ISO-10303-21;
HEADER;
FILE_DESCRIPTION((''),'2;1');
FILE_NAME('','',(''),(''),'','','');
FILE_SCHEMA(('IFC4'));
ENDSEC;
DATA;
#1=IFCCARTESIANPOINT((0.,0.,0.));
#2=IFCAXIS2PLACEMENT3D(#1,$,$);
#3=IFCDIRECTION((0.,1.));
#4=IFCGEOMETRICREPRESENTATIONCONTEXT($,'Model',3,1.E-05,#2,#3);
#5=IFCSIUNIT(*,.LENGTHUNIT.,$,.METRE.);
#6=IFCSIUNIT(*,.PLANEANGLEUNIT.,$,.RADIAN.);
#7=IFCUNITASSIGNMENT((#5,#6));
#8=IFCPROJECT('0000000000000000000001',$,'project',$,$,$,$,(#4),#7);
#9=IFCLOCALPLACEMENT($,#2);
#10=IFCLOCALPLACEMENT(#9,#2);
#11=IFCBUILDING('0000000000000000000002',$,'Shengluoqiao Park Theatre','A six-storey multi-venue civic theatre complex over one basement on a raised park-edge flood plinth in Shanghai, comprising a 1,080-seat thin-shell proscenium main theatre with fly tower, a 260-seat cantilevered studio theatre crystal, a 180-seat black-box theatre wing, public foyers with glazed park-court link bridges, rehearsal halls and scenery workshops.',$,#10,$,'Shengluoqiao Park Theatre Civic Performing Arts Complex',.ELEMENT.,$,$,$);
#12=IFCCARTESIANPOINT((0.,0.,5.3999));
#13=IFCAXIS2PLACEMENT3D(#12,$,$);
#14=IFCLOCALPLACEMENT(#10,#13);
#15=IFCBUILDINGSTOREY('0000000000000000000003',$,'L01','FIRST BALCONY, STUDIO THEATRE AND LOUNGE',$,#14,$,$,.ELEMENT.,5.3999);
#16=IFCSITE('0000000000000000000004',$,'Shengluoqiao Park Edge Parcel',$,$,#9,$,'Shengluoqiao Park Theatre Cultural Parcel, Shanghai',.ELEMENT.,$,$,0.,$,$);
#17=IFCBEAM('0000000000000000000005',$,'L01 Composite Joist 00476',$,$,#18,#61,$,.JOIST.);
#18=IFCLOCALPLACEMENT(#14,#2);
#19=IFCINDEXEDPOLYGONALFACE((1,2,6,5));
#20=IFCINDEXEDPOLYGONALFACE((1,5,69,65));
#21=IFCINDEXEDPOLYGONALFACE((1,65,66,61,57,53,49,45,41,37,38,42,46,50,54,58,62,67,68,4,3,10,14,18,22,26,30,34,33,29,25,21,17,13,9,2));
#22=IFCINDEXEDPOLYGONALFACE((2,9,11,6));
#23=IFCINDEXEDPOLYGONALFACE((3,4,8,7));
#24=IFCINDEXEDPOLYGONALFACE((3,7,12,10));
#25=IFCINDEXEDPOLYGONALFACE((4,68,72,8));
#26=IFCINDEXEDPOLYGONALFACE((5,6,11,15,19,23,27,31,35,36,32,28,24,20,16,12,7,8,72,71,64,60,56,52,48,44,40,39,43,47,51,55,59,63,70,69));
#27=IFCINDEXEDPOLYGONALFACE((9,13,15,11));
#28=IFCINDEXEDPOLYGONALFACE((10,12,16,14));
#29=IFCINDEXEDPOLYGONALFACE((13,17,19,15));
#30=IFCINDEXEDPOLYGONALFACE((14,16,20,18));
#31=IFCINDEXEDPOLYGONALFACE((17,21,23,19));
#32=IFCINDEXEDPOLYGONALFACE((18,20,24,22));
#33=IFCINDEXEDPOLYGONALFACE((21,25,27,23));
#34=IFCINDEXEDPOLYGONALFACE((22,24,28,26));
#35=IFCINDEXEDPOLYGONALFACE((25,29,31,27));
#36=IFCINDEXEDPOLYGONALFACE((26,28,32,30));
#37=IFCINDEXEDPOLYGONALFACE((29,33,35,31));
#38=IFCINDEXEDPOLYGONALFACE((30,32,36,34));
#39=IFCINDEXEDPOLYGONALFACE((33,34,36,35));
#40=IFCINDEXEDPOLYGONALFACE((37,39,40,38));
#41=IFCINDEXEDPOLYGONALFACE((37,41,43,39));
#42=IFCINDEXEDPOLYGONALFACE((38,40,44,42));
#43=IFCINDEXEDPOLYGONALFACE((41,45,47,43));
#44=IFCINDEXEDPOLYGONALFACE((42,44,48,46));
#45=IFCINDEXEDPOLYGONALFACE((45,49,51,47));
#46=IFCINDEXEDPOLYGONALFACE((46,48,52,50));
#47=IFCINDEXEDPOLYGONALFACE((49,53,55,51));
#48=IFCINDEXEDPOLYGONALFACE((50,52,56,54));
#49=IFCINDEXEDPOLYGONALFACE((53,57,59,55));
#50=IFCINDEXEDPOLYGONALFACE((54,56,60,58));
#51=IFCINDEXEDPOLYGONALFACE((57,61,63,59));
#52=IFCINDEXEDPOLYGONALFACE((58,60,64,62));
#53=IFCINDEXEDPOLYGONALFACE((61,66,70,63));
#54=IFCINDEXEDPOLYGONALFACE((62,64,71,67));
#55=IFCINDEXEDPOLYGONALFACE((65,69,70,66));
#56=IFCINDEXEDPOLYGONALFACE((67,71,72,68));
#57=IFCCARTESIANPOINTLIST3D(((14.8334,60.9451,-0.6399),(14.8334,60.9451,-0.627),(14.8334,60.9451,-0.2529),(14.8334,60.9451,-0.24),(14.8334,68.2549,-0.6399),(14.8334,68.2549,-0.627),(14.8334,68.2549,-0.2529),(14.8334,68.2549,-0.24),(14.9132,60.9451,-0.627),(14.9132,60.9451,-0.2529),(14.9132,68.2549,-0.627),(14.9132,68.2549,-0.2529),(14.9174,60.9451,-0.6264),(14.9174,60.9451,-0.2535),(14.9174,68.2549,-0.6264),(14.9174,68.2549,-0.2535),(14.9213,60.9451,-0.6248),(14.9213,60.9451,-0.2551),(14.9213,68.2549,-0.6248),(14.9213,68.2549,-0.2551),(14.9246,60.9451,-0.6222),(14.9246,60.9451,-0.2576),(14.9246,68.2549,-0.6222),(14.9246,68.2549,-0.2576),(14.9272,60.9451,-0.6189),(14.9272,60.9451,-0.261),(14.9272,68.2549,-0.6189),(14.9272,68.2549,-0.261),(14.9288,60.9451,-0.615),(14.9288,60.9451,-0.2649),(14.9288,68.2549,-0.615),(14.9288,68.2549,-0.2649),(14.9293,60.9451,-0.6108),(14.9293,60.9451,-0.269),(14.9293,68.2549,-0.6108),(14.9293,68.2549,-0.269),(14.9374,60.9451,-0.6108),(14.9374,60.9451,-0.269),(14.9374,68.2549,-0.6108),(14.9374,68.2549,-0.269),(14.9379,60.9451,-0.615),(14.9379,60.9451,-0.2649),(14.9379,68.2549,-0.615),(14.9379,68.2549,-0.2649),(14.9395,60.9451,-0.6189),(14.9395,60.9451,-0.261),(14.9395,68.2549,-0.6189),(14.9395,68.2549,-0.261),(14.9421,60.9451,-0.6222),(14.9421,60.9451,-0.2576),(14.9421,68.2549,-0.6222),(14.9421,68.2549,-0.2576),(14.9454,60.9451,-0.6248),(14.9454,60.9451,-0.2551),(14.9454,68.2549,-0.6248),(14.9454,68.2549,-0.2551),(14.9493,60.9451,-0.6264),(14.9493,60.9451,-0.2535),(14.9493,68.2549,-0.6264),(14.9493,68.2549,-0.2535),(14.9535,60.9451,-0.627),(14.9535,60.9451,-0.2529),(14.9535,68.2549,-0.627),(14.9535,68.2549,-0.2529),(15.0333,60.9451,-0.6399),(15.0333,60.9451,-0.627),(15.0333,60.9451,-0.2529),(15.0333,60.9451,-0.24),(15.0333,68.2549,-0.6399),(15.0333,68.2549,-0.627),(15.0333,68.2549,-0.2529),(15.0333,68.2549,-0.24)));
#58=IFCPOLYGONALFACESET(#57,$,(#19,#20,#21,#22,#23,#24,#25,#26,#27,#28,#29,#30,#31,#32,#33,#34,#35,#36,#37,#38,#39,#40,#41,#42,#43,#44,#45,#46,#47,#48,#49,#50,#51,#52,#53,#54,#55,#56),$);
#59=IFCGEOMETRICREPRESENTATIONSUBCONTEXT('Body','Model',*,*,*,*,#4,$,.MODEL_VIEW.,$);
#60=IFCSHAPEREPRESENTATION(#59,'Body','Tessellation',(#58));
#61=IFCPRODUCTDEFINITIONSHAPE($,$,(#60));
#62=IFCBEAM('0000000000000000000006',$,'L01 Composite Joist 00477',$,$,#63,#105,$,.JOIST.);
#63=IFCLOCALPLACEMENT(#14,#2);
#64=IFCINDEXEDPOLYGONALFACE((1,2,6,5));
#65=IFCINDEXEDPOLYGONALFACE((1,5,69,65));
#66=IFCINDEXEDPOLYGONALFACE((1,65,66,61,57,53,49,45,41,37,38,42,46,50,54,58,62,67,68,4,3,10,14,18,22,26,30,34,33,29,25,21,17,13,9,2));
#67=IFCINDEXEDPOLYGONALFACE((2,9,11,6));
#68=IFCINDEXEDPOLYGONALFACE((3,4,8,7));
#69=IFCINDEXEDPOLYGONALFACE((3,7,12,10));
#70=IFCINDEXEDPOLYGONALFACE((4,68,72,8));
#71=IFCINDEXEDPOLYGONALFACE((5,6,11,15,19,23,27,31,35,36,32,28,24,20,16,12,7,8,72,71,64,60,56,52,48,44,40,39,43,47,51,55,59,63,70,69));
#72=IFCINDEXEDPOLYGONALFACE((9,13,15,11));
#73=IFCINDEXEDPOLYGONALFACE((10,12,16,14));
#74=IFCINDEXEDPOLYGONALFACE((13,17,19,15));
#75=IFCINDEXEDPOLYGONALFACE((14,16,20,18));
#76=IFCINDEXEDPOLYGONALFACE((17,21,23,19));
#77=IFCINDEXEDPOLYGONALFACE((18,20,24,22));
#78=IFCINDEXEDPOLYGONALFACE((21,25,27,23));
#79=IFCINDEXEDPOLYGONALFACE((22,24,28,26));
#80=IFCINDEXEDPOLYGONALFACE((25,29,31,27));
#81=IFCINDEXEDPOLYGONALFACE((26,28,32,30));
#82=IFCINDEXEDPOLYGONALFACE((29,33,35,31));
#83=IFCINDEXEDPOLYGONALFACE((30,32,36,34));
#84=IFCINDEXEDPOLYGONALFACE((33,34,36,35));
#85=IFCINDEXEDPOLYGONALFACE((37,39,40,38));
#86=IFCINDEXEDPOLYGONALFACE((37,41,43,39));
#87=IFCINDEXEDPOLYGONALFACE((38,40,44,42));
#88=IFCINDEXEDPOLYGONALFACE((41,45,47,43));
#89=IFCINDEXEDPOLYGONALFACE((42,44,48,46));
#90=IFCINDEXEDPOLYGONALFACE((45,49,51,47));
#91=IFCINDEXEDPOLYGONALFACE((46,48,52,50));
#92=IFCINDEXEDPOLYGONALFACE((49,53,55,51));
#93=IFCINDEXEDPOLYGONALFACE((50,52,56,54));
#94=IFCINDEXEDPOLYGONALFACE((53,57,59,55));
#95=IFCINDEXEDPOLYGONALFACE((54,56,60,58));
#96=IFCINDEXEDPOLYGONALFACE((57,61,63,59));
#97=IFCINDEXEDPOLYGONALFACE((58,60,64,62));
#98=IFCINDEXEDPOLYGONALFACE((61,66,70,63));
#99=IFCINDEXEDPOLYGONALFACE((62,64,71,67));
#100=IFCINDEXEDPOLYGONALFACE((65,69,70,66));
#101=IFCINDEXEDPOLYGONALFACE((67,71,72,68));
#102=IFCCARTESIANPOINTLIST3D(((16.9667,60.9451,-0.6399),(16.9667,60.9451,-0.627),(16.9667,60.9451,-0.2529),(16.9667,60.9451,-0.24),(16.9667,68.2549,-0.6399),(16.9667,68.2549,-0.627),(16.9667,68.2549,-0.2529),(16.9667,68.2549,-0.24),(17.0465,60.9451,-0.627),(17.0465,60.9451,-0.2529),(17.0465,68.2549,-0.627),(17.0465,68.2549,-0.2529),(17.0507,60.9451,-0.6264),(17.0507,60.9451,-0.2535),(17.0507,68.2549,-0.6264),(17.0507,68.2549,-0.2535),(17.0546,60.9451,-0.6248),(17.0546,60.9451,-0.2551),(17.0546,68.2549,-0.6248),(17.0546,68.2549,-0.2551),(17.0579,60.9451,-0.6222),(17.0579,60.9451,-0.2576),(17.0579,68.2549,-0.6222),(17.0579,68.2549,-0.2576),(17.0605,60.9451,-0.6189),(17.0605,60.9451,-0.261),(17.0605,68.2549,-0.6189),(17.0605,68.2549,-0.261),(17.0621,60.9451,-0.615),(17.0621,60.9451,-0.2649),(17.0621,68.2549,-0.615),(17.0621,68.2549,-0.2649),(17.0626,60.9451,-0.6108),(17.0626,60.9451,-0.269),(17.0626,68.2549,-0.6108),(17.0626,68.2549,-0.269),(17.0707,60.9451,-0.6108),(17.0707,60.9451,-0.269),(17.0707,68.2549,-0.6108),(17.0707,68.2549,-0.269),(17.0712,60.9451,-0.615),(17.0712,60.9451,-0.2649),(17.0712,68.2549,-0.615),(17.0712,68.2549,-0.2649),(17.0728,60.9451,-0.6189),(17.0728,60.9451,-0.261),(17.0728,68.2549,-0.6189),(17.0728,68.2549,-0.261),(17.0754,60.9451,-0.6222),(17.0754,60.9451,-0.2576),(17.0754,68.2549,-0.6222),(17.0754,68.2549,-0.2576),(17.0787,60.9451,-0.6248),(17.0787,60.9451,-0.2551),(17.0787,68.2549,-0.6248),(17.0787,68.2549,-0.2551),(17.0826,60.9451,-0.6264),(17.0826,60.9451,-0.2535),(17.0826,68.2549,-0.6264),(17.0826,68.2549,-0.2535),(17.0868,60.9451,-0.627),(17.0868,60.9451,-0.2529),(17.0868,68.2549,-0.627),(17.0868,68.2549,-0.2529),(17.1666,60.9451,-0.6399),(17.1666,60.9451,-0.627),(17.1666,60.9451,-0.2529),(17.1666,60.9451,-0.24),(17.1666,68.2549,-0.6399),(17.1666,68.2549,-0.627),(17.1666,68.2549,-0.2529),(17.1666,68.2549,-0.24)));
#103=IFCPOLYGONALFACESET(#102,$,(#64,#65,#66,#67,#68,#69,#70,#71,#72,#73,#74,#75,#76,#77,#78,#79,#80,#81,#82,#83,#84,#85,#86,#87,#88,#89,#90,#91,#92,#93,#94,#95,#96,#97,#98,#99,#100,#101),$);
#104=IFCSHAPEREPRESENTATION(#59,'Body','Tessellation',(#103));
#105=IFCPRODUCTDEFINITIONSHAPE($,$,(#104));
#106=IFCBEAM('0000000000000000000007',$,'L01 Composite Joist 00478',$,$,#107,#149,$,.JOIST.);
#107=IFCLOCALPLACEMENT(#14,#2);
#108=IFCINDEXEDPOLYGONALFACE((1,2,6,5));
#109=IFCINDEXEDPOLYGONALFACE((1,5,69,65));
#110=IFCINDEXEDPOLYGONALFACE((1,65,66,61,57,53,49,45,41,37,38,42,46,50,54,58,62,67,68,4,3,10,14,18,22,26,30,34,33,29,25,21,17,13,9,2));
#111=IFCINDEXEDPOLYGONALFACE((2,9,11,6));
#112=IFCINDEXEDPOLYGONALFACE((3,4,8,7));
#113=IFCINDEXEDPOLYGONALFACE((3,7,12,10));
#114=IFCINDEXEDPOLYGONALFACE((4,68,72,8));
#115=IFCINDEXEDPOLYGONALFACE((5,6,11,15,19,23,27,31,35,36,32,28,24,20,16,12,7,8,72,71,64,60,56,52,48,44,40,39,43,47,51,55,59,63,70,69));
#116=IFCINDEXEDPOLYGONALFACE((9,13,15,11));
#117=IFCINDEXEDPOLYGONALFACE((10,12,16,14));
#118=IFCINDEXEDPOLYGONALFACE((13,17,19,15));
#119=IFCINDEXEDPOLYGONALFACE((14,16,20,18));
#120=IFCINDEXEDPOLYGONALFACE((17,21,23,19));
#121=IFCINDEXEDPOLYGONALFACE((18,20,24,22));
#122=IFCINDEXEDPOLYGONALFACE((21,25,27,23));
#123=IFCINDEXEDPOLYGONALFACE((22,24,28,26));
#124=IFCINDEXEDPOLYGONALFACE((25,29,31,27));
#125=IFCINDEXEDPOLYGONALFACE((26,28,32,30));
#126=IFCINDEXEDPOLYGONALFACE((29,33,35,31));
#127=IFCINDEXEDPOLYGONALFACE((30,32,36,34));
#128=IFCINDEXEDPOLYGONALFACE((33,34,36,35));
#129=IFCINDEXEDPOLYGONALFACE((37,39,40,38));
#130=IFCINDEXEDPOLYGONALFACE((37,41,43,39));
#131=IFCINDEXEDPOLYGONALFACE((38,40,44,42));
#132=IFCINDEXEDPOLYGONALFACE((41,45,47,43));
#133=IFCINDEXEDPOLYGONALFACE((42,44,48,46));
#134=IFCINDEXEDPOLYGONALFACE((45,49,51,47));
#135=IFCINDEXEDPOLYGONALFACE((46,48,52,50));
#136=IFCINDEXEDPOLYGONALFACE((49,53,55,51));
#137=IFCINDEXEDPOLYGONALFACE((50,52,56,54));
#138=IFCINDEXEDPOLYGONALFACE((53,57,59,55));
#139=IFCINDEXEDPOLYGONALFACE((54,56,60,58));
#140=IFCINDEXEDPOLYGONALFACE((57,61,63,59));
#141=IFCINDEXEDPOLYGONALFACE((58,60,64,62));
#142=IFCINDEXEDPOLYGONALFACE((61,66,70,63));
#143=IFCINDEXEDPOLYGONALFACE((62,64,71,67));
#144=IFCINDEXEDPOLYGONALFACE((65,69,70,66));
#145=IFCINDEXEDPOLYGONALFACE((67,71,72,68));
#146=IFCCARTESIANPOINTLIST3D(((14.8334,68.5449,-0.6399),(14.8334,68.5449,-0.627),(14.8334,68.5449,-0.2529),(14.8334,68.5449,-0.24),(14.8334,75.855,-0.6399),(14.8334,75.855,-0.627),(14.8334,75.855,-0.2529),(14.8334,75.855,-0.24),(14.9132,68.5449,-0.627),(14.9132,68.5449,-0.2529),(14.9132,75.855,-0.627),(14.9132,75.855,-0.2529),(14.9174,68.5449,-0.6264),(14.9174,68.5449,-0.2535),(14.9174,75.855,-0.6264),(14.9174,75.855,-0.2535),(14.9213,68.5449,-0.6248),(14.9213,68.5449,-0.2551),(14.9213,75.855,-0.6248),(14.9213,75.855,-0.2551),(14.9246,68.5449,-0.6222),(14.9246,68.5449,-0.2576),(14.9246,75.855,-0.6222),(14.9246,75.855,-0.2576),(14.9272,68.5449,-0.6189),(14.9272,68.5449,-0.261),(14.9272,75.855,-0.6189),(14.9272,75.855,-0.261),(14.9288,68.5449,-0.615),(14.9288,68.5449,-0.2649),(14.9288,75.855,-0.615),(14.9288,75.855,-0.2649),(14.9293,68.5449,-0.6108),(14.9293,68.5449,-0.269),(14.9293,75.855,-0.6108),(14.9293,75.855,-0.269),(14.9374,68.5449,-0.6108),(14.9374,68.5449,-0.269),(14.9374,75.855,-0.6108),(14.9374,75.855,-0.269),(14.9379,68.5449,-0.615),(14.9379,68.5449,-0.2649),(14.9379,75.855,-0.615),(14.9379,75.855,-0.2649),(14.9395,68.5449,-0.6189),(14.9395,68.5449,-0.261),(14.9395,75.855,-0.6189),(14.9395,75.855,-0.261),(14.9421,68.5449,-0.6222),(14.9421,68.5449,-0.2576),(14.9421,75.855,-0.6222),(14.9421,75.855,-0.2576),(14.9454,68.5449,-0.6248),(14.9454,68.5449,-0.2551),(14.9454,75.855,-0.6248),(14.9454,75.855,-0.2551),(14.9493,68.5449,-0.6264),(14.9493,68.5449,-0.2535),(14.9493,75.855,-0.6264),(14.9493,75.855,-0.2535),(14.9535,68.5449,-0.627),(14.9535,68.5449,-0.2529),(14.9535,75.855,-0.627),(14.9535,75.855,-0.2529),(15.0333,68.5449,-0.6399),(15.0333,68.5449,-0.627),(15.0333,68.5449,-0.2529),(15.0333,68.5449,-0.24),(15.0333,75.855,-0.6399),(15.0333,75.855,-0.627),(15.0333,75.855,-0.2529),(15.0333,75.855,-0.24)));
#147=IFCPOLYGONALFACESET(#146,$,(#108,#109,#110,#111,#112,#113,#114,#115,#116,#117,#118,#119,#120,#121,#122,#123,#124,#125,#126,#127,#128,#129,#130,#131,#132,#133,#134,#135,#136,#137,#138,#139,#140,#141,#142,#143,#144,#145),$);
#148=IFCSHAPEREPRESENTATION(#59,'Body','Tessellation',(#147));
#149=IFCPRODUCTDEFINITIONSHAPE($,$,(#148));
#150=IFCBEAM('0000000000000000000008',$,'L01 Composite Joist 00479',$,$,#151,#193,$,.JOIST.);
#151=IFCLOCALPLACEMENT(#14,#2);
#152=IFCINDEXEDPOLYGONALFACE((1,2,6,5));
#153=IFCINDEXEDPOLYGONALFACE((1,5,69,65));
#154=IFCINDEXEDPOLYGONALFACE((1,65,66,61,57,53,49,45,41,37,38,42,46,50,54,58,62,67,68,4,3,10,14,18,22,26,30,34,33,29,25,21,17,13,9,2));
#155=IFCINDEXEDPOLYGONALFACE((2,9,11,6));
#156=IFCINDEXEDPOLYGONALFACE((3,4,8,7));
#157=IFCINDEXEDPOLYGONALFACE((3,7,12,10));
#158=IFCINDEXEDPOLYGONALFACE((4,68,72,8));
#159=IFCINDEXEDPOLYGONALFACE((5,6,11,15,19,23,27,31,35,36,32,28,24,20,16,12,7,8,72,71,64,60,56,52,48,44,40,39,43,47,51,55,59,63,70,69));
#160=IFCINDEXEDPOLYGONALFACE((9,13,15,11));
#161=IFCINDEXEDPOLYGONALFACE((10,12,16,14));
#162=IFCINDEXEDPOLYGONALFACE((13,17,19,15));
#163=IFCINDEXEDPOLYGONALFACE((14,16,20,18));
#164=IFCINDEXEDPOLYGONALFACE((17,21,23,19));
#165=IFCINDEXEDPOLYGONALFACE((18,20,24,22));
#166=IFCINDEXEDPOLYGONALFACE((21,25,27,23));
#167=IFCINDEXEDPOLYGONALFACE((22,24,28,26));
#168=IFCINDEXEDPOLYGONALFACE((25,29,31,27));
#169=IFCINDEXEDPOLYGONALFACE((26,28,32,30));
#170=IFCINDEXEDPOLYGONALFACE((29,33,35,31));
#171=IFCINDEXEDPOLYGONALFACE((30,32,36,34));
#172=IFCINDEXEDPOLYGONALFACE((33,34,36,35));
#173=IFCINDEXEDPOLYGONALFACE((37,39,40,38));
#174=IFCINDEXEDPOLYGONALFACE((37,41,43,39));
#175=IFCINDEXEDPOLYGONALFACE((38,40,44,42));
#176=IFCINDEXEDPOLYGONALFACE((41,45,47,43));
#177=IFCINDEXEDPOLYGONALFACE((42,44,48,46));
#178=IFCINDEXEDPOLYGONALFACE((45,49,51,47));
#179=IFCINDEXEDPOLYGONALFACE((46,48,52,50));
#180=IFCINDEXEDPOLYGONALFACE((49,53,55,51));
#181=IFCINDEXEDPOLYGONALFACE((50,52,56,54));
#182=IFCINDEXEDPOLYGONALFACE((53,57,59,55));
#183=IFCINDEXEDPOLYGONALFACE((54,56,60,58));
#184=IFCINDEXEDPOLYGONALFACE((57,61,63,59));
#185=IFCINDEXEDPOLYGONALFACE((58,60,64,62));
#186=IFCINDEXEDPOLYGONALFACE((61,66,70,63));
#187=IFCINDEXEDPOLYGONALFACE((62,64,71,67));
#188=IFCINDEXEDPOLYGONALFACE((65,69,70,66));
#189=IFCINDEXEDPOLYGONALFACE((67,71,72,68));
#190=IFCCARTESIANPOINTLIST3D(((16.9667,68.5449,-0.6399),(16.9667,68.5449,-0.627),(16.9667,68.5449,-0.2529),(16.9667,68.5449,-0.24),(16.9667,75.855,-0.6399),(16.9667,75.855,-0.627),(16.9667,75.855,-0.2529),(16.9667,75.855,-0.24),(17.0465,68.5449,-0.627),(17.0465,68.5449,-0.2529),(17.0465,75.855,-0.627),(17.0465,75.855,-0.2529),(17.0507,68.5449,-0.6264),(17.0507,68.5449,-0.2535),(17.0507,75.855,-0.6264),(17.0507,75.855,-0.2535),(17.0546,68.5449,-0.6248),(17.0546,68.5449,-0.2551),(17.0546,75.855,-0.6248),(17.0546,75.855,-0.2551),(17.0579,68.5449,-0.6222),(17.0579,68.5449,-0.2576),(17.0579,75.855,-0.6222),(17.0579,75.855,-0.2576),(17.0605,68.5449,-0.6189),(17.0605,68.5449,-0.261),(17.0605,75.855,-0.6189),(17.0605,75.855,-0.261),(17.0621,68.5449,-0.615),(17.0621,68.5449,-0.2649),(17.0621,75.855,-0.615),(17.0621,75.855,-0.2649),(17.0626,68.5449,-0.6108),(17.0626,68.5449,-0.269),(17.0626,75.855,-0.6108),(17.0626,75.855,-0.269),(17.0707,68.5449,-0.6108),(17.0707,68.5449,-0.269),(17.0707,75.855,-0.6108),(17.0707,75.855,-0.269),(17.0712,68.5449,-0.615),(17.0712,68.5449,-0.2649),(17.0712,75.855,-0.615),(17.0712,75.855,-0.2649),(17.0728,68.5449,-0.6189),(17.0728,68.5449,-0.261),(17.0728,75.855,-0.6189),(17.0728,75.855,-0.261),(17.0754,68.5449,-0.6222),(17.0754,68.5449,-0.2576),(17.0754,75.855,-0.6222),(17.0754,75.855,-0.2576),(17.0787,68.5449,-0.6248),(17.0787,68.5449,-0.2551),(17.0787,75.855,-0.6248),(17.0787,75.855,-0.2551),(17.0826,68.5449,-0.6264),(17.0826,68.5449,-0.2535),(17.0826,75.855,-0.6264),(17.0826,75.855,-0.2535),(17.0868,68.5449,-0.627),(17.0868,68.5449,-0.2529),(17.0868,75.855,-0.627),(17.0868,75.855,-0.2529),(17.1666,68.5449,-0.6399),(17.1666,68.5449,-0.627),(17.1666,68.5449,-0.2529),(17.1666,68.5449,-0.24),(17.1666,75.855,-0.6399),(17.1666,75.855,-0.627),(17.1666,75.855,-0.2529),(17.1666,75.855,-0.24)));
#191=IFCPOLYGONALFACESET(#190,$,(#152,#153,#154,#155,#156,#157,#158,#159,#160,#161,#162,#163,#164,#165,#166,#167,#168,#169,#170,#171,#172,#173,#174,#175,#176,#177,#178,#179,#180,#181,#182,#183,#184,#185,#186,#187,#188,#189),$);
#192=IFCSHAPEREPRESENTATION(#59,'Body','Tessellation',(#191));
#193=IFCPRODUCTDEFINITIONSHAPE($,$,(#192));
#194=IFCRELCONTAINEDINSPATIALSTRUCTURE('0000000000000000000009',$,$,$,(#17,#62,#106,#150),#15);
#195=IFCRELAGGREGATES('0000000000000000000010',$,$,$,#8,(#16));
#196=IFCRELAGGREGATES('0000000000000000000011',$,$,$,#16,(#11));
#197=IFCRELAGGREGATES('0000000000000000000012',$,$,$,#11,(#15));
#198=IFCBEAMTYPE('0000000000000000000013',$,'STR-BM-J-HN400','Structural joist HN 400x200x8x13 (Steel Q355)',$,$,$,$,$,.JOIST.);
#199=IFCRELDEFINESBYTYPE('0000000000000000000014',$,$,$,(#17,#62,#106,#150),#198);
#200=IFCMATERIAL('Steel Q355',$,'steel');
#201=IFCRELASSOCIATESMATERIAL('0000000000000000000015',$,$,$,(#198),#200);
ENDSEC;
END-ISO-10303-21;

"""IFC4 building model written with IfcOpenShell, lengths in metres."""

from ifc_helpers import new_model, si_unit, direction, frame, origin, origin_2d, place, context, subcontext, project, spatial, i_section, extrude, material, material_profile, profile_set, type_object, element, save


model = new_model("IFC4")

# Units and contexts
model_context = context("Model", 3, precision=1e-05, world=origin(), true_north=direction((0.0, 1.0)))
body_context = subcontext(model_context, "Body", "Model", "MODEL_VIEW")
ifc_project = project(units=[si_unit("LENGTHUNIT", "METRE"), si_unit("PLANEANGLEUNIT", "RADIAN")], contexts=[model_context])

# Site, building, storey
site_placement = place(None, origin())
site = spatial("IfcSite", under=ifc_project, at=site_placement, Name="Shengluoqiao Park Edge Parcel", LongName="Shengluoqiao Park Theatre Cultural Parcel, Shanghai", CompositionType="ELEMENT", RefElevation=0.0)
building_placement = place(site_placement, origin())
building = spatial("IfcBuilding", under=site, at=building_placement, Name="Shengluoqiao Park Theatre", Description="A six-storey multi-venue civic theatre complex over one basement on a raised park-edge flood plinth in Shanghai, comprising a 1,080-seat thin-shell proscenium main theatre with fly tower, a 260-seat cantilevered studio theatre crystal, a 180-seat black-box theatre wing, public foyers with glazed park-court link bridges, rehearsal halls and scenery workshops.", LongName="Shengluoqiao Park Theatre Civic Performing Arts Complex", CompositionType="ELEMENT")
storey_placement = place(building_placement, frame((0.0, 0.0, 5.3999)))
storey = spatial("IfcBuildingStorey", under=building, at=storey_placement, Name="L01", Description="FIRST BALCONY, STUDIO THEATRE AND LOUNGE", CompositionType="ELEMENT", Elevation=5.3999)

# Shared definitions
ifc_material_1 = material(Name="Steel Q355", Category="steel")

# Beams
ifc_material_profile_1 = material_profile(ifc_material_1, i_section(OverallWidth=0.2, OverallDepth=0.3999, WebThickness=0.0081, FlangeThickness=0.0129, FilletRadius=0.0161, at=origin_2d()), Name="HN 400x200x8x13")
ifc_profile_set_1 = profile_set([ifc_material_profile_1], Name="Steel Q355")
beam_type_1 = type_object("IfcBeamType", Name="STR-BM-J-HN400", Description="Structural joist HN 400x200x8x13 (Steel Q355)", PredefinedType="JOIST", material=ifc_profile_set_1)
for number, where, z_axis, x_axis, name in (
    (1, (14.9333, 60.9451, -0.4399), (0.0, 1.0, 0.0), (-1.0, 0.0, 0.0), "L01 Composite Joist 00476"),
    (2, (17.0667, 60.9451, -0.4399), (0.0, 1.0, 0.0), (-1.0, 0.0, 0.0), "L01 Composite Joist 00477"),
):
    element("IfcBeam", number, at=place(storey_placement, frame(where, z_axis=z_axis, x_axis=x_axis)), inside=storey, type_object=beam_type_1, Name=name, PredefinedType="JOIST", context=body_context, shape_type="SweptSolid", body=[
        extrude(i_section(OverallWidth=0.2, OverallDepth=0.3999, WebThickness=0.0081, FlangeThickness=0.0129, FilletRadius=0.0161, at=origin_2d()), origin(), (0.0, 0.0, 1.0), 7.3098),
    ])
for number, where, z_axis, x_axis, name in (
    (3, (14.9333, 68.5449, -0.4399), (0.0, 1.0, 0.0), (-1.0, 0.0, 0.0), "L01 Composite Joist 00478"),
    (4, (17.0667, 68.5449, -0.4399), (0.0, 1.0, 0.0), (-1.0, 0.0, 0.0), "L01 Composite Joist 00479"),
):
    element("IfcBeam", number, at=place(storey_placement, frame(where, z_axis=z_axis, x_axis=x_axis)), inside=storey, type_object=beam_type_1, Name=name, PredefinedType="JOIST", context=body_context, shape_type="SweptSolid", body=[
        extrude(i_section(OverallWidth=0.2, OverallDepth=0.3999, WebThickness=0.0081, FlangeThickness=0.0129, FilletRadius=0.0161, at=origin_2d()), origin(), (0.0, 0.0, 1.0), 7.3101),
    ])

save(model, "model.ifc")
